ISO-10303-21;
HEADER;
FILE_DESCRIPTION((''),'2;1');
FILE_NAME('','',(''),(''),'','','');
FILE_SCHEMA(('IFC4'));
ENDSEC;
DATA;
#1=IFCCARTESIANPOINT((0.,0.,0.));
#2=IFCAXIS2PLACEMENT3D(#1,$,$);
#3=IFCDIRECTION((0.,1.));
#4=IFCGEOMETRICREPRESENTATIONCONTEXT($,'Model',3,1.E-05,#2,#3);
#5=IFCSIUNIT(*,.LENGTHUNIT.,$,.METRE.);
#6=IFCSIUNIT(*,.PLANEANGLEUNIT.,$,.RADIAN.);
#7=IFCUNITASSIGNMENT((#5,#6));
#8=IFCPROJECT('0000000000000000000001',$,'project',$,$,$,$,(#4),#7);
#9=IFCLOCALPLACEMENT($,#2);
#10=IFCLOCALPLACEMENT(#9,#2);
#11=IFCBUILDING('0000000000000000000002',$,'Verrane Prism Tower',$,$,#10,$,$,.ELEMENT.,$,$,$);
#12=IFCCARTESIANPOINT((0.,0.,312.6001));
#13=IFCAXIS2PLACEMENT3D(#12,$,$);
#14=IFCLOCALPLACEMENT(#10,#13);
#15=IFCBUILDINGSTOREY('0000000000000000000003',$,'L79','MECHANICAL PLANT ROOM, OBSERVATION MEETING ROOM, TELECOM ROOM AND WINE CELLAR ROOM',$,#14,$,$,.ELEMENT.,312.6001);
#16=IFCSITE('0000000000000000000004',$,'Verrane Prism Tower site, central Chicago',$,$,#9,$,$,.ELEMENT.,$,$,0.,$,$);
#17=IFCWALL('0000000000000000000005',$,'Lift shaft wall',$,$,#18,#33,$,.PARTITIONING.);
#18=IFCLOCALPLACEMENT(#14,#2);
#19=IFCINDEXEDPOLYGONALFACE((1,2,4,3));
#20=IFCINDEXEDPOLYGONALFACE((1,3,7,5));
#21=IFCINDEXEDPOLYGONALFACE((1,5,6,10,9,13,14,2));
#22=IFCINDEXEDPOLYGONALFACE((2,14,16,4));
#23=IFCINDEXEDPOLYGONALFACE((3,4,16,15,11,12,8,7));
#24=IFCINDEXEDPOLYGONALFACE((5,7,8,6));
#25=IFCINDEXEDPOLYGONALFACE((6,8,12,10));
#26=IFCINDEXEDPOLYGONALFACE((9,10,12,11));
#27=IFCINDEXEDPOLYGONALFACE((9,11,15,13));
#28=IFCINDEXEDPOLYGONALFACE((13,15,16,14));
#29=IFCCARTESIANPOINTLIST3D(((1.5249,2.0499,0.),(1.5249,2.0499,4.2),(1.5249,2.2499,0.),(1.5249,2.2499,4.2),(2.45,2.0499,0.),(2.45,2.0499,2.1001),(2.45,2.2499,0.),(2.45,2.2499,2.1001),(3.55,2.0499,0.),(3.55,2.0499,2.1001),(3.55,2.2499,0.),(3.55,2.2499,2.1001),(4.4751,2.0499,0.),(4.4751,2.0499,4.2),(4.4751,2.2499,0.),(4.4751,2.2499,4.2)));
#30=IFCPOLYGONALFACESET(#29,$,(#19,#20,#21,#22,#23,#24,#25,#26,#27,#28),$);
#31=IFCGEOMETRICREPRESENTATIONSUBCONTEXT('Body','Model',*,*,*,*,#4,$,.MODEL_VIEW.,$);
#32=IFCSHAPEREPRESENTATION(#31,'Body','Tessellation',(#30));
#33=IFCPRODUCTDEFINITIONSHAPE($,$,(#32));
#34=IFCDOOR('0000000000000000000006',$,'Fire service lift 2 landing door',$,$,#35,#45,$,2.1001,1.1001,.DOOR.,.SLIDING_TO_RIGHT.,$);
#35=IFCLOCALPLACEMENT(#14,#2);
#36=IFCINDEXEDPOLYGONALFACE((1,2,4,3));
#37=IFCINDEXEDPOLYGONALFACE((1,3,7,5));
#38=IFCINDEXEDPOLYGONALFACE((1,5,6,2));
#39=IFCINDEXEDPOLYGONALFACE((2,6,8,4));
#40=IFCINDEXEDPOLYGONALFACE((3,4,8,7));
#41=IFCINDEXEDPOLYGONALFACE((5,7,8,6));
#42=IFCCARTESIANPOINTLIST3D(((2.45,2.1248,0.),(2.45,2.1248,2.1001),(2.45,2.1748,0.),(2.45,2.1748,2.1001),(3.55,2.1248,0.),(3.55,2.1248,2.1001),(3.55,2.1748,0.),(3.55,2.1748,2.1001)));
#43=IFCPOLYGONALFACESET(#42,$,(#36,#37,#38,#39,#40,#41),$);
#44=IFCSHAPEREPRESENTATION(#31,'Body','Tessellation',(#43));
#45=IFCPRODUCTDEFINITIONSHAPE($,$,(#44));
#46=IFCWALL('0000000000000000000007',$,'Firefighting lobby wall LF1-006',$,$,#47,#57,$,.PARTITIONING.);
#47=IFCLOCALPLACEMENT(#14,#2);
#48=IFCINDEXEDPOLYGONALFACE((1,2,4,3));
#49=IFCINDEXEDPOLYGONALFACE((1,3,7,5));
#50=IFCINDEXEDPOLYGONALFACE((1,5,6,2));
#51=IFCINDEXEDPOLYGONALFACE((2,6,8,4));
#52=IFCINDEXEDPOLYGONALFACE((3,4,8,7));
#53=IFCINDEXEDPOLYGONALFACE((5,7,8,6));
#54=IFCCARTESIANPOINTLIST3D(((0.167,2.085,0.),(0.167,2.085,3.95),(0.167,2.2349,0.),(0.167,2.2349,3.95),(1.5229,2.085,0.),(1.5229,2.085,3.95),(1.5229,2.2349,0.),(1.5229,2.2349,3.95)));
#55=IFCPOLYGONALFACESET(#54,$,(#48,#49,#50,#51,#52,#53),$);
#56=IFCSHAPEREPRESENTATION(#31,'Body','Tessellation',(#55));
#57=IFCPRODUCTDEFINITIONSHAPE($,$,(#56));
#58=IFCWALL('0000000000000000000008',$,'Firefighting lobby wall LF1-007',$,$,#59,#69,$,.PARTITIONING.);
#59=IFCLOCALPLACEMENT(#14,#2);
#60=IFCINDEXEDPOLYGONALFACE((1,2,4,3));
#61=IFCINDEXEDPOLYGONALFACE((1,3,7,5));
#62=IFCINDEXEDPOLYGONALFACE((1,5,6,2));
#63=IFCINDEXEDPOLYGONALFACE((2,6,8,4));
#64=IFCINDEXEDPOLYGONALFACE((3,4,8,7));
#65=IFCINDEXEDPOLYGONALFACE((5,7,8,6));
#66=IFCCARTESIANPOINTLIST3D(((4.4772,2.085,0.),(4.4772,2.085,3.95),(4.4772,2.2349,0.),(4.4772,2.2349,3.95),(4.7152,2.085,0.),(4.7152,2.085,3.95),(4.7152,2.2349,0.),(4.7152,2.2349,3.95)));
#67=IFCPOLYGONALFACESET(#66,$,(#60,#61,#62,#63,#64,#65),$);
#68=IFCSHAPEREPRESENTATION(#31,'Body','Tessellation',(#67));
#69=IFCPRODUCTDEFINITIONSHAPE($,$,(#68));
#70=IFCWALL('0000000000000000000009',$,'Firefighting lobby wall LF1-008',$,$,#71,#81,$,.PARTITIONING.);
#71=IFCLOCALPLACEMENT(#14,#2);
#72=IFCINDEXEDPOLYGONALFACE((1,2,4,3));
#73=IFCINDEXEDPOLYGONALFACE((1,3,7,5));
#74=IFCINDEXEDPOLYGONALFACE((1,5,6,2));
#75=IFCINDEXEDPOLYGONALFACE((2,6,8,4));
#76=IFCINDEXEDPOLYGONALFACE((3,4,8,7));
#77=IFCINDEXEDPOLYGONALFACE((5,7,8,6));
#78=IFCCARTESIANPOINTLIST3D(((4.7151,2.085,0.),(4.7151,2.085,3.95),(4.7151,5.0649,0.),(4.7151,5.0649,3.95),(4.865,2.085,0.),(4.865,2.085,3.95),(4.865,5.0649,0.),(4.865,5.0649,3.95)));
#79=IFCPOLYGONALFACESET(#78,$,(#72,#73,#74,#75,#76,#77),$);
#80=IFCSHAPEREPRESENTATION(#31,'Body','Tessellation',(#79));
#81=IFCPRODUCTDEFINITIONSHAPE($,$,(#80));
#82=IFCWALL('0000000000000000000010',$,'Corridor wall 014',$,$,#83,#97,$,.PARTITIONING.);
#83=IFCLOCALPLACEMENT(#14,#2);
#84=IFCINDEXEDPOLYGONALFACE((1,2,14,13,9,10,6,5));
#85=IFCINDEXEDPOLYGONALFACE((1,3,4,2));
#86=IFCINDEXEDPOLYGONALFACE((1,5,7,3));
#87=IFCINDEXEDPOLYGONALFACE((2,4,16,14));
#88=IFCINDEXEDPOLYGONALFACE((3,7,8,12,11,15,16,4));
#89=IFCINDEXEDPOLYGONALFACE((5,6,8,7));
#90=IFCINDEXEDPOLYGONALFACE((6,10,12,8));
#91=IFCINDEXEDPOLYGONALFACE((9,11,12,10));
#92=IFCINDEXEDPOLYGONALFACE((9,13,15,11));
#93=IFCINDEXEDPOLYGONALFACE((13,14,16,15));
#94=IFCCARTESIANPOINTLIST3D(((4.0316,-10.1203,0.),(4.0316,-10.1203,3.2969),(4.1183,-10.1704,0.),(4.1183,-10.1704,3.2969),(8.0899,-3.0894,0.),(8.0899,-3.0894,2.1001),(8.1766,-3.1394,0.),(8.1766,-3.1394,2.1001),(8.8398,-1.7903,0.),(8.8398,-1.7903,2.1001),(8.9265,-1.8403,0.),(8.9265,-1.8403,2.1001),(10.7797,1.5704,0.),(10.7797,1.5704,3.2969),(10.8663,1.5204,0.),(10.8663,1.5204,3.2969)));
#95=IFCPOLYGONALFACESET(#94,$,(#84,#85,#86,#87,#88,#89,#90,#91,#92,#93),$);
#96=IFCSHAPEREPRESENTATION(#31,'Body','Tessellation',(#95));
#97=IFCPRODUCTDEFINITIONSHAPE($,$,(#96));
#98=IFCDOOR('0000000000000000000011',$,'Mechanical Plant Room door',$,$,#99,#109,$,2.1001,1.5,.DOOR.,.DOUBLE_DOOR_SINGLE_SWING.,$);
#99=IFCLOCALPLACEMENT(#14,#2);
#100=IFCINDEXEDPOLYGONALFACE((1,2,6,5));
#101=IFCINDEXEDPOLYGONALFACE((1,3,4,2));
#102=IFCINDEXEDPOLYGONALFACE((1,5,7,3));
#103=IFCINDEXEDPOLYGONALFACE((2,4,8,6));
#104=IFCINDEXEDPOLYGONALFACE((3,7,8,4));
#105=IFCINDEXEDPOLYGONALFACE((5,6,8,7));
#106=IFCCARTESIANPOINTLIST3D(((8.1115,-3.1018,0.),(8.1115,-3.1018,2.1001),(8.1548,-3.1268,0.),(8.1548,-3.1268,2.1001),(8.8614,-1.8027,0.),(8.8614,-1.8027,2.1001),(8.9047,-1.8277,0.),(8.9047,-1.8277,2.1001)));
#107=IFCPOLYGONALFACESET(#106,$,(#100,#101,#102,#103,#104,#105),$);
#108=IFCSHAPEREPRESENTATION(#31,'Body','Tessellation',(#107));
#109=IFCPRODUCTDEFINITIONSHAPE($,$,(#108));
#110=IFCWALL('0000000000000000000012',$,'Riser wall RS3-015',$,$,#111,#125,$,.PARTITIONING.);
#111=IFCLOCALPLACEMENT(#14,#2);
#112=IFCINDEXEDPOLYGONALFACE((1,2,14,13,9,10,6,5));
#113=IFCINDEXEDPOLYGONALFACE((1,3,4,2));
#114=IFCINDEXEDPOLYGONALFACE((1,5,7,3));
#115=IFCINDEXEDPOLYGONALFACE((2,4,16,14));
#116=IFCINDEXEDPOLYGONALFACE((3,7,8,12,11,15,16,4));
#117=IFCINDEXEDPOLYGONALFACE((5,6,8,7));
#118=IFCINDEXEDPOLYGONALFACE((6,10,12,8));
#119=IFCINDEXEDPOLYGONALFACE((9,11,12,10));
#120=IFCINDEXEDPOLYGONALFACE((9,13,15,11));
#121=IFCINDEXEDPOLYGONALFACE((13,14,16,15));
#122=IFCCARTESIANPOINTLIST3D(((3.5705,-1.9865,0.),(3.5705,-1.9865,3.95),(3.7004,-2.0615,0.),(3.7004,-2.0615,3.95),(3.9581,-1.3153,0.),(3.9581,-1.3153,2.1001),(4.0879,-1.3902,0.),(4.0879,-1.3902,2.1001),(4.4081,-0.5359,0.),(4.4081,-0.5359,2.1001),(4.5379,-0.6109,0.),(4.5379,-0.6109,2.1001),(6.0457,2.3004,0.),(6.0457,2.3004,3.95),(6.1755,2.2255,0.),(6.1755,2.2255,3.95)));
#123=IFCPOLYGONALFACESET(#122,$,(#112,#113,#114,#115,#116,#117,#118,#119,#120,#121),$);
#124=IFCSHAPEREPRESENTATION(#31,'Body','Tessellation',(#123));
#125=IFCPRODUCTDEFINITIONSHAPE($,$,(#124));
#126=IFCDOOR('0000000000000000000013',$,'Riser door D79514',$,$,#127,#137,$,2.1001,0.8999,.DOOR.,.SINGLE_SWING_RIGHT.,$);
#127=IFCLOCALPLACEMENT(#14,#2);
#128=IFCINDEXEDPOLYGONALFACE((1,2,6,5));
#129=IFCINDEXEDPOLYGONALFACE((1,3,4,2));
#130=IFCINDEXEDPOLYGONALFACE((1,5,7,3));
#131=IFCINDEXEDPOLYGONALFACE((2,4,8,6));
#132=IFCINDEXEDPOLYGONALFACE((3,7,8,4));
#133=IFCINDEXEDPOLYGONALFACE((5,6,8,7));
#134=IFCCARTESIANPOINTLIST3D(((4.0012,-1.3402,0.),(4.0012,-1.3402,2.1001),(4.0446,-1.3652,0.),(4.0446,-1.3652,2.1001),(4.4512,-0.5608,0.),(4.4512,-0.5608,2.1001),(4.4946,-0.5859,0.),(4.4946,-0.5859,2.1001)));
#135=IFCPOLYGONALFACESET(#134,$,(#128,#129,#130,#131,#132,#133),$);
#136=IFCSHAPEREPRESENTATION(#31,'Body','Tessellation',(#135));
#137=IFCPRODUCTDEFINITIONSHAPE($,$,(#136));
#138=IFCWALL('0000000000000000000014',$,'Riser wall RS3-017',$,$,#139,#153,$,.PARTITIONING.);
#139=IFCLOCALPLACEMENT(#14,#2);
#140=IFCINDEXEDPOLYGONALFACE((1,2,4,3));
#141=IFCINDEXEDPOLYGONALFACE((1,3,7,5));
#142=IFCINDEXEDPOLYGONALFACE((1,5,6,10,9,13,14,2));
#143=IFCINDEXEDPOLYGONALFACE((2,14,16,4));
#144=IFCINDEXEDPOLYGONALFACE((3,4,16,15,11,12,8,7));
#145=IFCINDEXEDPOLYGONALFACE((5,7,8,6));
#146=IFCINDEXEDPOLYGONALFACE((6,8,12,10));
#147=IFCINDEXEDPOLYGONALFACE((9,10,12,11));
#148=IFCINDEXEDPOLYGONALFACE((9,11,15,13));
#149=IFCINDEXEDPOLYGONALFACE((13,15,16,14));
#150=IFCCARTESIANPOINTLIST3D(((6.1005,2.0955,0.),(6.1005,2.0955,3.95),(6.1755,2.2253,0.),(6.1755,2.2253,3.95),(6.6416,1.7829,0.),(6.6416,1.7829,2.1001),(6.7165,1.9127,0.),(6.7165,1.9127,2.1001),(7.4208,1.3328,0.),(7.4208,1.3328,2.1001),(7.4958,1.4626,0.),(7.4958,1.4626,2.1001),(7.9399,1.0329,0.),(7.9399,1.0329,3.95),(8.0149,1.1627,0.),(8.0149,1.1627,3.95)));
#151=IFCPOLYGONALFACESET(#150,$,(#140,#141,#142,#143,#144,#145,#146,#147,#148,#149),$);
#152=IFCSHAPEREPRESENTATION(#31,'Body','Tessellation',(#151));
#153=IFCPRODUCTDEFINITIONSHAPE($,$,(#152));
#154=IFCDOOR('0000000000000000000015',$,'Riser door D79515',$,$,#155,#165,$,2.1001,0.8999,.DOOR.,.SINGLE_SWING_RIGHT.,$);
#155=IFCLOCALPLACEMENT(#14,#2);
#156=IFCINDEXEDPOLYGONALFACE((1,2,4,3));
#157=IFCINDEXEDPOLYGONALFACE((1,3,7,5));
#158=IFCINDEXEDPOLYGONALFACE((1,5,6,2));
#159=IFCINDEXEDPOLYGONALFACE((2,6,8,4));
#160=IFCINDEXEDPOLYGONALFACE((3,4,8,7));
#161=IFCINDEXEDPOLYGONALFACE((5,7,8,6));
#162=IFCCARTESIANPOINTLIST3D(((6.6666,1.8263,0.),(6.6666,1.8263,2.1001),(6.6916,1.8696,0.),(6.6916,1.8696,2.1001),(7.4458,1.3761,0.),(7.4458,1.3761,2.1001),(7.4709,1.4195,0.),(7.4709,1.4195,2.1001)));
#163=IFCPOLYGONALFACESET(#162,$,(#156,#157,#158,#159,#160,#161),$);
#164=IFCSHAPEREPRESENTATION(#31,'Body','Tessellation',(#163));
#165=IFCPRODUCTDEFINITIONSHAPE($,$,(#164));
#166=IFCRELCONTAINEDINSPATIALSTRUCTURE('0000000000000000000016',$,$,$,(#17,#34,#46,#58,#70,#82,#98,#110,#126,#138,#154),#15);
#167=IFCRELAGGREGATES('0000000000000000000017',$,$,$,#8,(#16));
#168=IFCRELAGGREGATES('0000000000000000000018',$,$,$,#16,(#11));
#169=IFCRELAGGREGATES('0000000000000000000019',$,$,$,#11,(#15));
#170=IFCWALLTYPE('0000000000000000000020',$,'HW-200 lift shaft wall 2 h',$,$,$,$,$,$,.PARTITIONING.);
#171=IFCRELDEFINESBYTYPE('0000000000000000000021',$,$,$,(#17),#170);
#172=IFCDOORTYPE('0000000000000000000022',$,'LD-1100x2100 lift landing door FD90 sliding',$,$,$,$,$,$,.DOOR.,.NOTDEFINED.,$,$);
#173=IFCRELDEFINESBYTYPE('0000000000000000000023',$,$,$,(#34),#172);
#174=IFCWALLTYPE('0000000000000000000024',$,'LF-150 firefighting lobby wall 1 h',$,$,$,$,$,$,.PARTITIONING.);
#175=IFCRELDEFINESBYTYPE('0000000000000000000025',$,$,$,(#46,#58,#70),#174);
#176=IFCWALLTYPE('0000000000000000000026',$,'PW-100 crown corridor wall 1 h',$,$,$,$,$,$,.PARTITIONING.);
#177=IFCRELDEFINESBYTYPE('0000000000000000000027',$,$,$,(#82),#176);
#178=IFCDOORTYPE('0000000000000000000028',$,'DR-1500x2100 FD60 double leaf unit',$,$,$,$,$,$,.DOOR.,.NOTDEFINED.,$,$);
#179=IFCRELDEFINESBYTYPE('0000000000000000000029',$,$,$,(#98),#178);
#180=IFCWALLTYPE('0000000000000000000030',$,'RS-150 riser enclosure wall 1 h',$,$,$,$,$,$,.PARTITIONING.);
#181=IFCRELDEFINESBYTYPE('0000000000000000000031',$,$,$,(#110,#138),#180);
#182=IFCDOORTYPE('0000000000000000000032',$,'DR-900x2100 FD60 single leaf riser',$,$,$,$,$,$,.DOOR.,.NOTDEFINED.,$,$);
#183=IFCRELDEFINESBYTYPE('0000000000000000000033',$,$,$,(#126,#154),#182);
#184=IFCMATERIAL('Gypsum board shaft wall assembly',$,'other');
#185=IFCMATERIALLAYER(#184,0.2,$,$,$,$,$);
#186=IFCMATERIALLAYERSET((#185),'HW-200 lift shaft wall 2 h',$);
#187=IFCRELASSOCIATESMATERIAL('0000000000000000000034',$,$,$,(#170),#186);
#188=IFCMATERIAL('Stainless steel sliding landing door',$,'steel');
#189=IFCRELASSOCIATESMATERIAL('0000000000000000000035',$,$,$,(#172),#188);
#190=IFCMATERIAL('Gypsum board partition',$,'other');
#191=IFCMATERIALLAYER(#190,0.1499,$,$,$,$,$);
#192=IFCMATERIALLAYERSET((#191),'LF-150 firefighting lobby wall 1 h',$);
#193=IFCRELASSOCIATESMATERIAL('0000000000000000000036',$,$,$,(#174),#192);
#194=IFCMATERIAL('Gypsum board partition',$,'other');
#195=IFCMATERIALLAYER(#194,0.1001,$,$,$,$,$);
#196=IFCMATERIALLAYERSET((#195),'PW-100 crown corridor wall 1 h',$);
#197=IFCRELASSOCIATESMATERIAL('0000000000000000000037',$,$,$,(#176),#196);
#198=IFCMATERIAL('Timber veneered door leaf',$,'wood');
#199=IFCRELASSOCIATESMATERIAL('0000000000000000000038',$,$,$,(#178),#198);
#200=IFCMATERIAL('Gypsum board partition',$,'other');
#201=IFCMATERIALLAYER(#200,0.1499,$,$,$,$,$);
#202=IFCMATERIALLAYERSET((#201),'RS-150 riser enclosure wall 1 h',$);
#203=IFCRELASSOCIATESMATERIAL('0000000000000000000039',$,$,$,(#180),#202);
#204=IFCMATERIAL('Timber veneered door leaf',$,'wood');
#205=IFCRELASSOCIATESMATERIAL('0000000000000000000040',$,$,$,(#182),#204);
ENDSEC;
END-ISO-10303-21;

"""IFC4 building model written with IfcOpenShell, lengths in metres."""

from ifc_helpers import new_model, si_unit, direction, frame, frame_2d, origin, place, context, subcontext, project, spatial, rectangle, extrude, material, layer, layer_set, type_object, element, fill, save


model = new_model("IFC4")

# Units and contexts
model_context = context("Model", 3, precision=1e-05, world=origin(), true_north=direction((0.0, 1.0)))
body_context = subcontext(model_context, "Body", "Model", "MODEL_VIEW")
ifc_project = project(units=[si_unit("LENGTHUNIT", "METRE"), si_unit("PLANEANGLEUNIT", "RADIAN")], contexts=[model_context])

# Site, building, storey
site_placement = place(None, origin())
site = spatial("IfcSite", under=ifc_project, at=site_placement, Name="Verrane Prism Tower site, central Chicago", CompositionType="ELEMENT", RefElevation=0.0)
building_placement = place(site_placement, origin())
building = spatial("IfcBuilding", under=site, at=building_placement, Name="Verrane Prism Tower", CompositionType="ELEMENT")
storey_placement = place(building_placement, frame((0.0, 0.0, 312.6001)))
storey = spatial("IfcBuildingStorey", under=building, at=storey_placement, Name="L79", Description="MECHANICAL PLANT ROOM, OBSERVATION MEETING ROOM, TELECOM ROOM AND WINE CELLAR ROOM", CompositionType="ELEMENT", Elevation=312.6001)

# Wall, opening, door
ifc_material_1 = material(Name="Gypsum board shaft wall assembly", Category="other")
ifc_layer_1 = layer(ifc_material_1, 0.2)
ifc_layer_set_1 = layer_set([ifc_layer_1], Name="HW-200 lift shaft wall 2 h")
wall_type_1 = type_object("IfcWallType", Name="HW-200 lift shaft wall 2 h", PredefinedType="PARTITIONING", material=ifc_layer_set_1)
wall_1_placement = place(storey_placement, frame((1.5249, 2.1499, 0.0), z_axis=(0.0, 0.0, 1.0), x_axis=(1.0, 0.0, 0.0)))
wall_1 = element("IfcWall", 1, at=wall_1_placement, inside=storey, type_object=wall_type_1, Name="Lift shaft wall", PredefinedType="PARTITIONING", context=body_context, shape_type="SweptSolid", body=[
    extrude(rectangle(XDim=2.9502, YDim=0.2, at=frame_2d((1.4751, 0.0))), origin(), (0.0, 0.0, 1.0), 4.2),
])
opening_1_placement = place(wall_1_placement, frame((0.925, 0.0, 0.0)))
opening_1 = element("IfcOpeningElement", 2, at=opening_1_placement, cuts=wall_1, PredefinedType="OPENING", context=body_context, shape_type="SweptSolid", body=[
    extrude(rectangle(XDim=1.1001, YDim=2.1001, at=frame_2d((0.55, 1.05))), frame((0.0, 0.1099, 0.0), z_axis=(0.0, -1.0, 0.0), x_axis=(1.0, 0.0, 0.0)), (0.0, 0.0, 1.0), 0.22),
])
ifc_material_2 = material(Name="Stainless steel sliding landing door", Category="steel")
door_type_1 = type_object("IfcDoorType", Name="LD-1100x2100 lift landing door FD90 sliding", OperationType="NOTDEFINED", PredefinedType="DOOR", material=ifc_material_2)
door_1_placement = place(opening_1_placement, origin())
door_1 = element("IfcDoor", 3, at=door_1_placement, inside=storey, type_object=door_type_1, Name="Fire service lift 2 landing door", OperationType="SLIDING_TO_RIGHT", OverallHeight=2.1001, OverallWidth=1.1001, PredefinedType="DOOR", context=body_context, shape_type="SweptSolid", body=[
    extrude(rectangle(XDim=1.1001, YDim=2.1001, at=frame_2d((0.55, 1.05))), frame((0.0, 0.0249, 0.0), z_axis=(0.0, -1.0, 0.0), x_axis=(1.0, 0.0, 0.0)), (0.0, 0.0, 1.0), 0.05),
])
fill(opening_1, door_1)

# Walls
ifc_material_3 = material(Name="Gypsum board partition", Category="other")
ifc_layer_2 = layer(ifc_material_3, 0.1499)
ifc_layer_set_2 = layer_set([ifc_layer_2], Name="LF-150 firefighting lobby wall 1 h")
wall_type_2 = type_object("IfcWallType", Name="LF-150 firefighting lobby wall 1 h", PredefinedType="PARTITIONING", material=ifc_layer_set_2)
wall_2_placement = place(storey_placement, frame((0.167, 2.1599, 0.0), z_axis=(0.0, 0.0, 1.0), x_axis=(1.0, 0.0, 0.0)))
element("IfcWall", 4, at=wall_2_placement, inside=storey, type_object=wall_type_2, Name="Firefighting lobby wall LF1-006", PredefinedType="PARTITIONING", context=body_context, shape_type="SweptSolid", body=[
    extrude(rectangle(XDim=1.356, YDim=0.1499, at=frame_2d((0.678, 0.0))), origin(), (0.0, 0.0, 1.0), 3.95),
])
wall_3_placement = place(storey_placement, frame((4.4771, 2.1599, 0.0), z_axis=(0.0, 0.0, 1.0), x_axis=(1.0, 0.0, 0.0)))
element("IfcWall", 5, at=wall_3_placement, inside=storey, type_object=wall_type_2, Name="Firefighting lobby wall LF1-007", PredefinedType="PARTITIONING", context=body_context, shape_type="SweptSolid", body=[
    extrude(rectangle(XDim=0.238, YDim=0.1499, at=frame_2d((0.1191, 0.0))), origin(), (0.0, 0.0, 1.0), 3.95),
])
wall_4_placement = place(storey_placement, frame((4.79, 2.085, 0.0), z_axis=(0.0, 0.0, 1.0), x_axis=(0.0, 1.0, 0.0)))
element("IfcWall", 6, at=wall_4_placement, inside=storey, type_object=wall_type_2, Name="Firefighting lobby wall LF1-008", PredefinedType="PARTITIONING", context=body_context, shape_type="SweptSolid", body=[
    extrude(rectangle(XDim=2.98, YDim=0.1499, at=frame_2d((1.49, 0.0))), origin(), (0.0, 0.0, 1.0), 3.95),
])

# Walls, openings, doors
ifc_material_4 = material(Name="Gypsum board partition", Category="other")
ifc_layer_3 = layer(ifc_material_4, 0.1001)
ifc_layer_set_3 = layer_set([ifc_layer_3], Name="PW-100 crown corridor wall 1 h")
wall_type_3 = type_object("IfcWallType", Name="PW-100 crown corridor wall 1 h", PredefinedType="PARTITIONING", material=ifc_layer_set_3)
wall_5_placement = place(storey_placement, frame((10.823, 1.5454, 0.0), z_axis=(0.0, 0.0, 1.0), x_axis=(-0.499913, -0.866076, 0.0)))
wall_5 = element("IfcWall", 7, at=wall_5_placement, inside=storey, type_object=wall_type_3, Name="Corridor wall 014", PredefinedType="PARTITIONING", context=body_context, shape_type="SweptSolid", body=[
    extrude(rectangle(XDim=13.4985, YDim=0.1001, at=frame_2d((6.7493, 0.0))), origin(), (0.0, 0.0, 1.0), 3.2969),
])
opening_2_placement = place(wall_5_placement, frame((3.8804, 0.0, 0.0)))
opening_2 = element("IfcOpeningElement", 8, at=opening_2_placement, cuts=wall_5, PredefinedType="OPENING", context=body_context, shape_type="SweptSolid", body=[
    extrude(rectangle(XDim=1.5, YDim=2.1001, at=frame_2d((0.75, 1.05))), frame((0.0, 0.0601, 0.0), z_axis=(0.0, -1.0, 0.0), x_axis=(1.0, 0.0, 0.0)), (0.0, 0.0, 1.0), 0.1201),
])
ifc_material_5 = material(Name="Timber veneered door leaf", Category="wood")
door_type_2 = type_object("IfcDoorType", Name="DR-1500x2100 FD60 double leaf unit", OperationType="NOTDEFINED", PredefinedType="DOOR", material=ifc_material_5)
door_2_placement = place(opening_2_placement, origin())
door_2 = element("IfcDoor", 9, at=door_2_placement, inside=storey, type_object=door_type_2, Name="Mechanical Plant Room door", OperationType="DOUBLE_DOOR_SINGLE_SWING", OverallHeight=2.1001, OverallWidth=1.5, PredefinedType="DOOR", context=body_context, shape_type="SweptSolid", body=[
    extrude(rectangle(XDim=1.5, YDim=2.1001, at=frame_2d((0.75, 1.05))), frame((0.0, 0.0249, 0.0), z_axis=(0.0, -1.0, 0.0), x_axis=(1.0, 0.0, 0.0)), (0.0, 0.0, 1.0), 0.05),
])
fill(opening_2, door_2)
ifc_material_6 = material(Name="Gypsum board partition", Category="other")
ifc_layer_4 = layer(ifc_material_6, 0.1499)
ifc_layer_set_4 = layer_set([ifc_layer_4], Name="RS-150 riser enclosure wall 1 h")
wall_type_4 = type_object("IfcWallType", Name="RS-150 riser enclosure wall 1 h", PredefinedType="PARTITIONING", material=ifc_layer_set_4)
wall_6_placement = place(storey_placement, frame((6.1106, 2.2629, 0.0), z_axis=(0.0, 0.0, 1.0), x_axis=(-0.500011, -0.866019, 0.0)))
wall_6 = element("IfcWall", 10, at=wall_6_placement, inside=storey, type_object=wall_type_4, Name="Riser wall RS3-015", PredefinedType="PARTITIONING", context=body_context, shape_type="SweptSolid", body=[
    extrude(rectangle(XDim=4.9502, YDim=0.1499, at=frame_2d((2.4751, 0.0))), origin(), (0.0, 0.0, 1.0), 3.95),
])
opening_3_placement = place(wall_6_placement, frame((3.2751, 0.0, 0.0)))
opening_3 = element("IfcOpeningElement", 11, at=opening_3_placement, cuts=wall_6, PredefinedType="OPENING", context=body_context, shape_type="SweptSolid", body=[
    extrude(rectangle(XDim=0.8999, YDim=2.1001, at=frame_2d((0.45, 1.05))), frame((0.0, 0.085, 0.0), z_axis=(0.0, -1.0, 0.0), x_axis=(1.0, 0.0, 0.0)), (0.0, 0.0, 1.0), 0.1699),
])
ifc_material_7 = material(Name="Timber veneered door leaf", Category="wood")
door_type_3 = type_object("IfcDoorType", Name="DR-900x2100 FD60 single leaf riser", OperationType="NOTDEFINED", PredefinedType="DOOR", material=ifc_material_7)
door_3_placement = place(opening_3_placement, origin())
door_3 = element("IfcDoor", 12, at=door_3_placement, inside=storey, type_object=door_type_3, Name="Riser door D79514", OperationType="SINGLE_SWING_RIGHT", OverallHeight=2.1001, OverallWidth=0.8999, PredefinedType="DOOR", context=body_context, shape_type="SweptSolid", body=[
    extrude(rectangle(XDim=0.8999, YDim=2.1001, at=frame_2d((0.45, 1.05))), frame((0.0, 0.0249, 0.0), z_axis=(0.0, -1.0, 0.0), x_axis=(1.0, 0.0, 0.0)), (0.0, 0.0, 1.0), 0.05),
])
fill(opening_3, door_3)
wall_7_placement = place(storey_placement, frame((7.9773, 1.0979, 0.0), z_axis=(0.0, 0.0, 1.0), x_axis=(-0.865914, 0.500193, 0.0)))
wall_7 = element("IfcWall", 13, at=wall_7_placement, inside=storey, type_object=wall_type_4, Name="Riser wall RS3-017", PredefinedType="PARTITIONING", context=body_context, shape_type="SweptSolid", body=[
    extrude(rectangle(XDim=2.1243, YDim=0.1499, at=frame_2d((1.062, 0.0))), origin(), (0.0, 0.0, 1.0), 3.95),
])
opening_4_placement = place(wall_7_placement, frame((0.5994, 0.0, 0.0)))
opening_4 = element("IfcOpeningElement", 14, at=opening_4_placement, cuts=wall_7, PredefinedType="OPENING", context=body_context, shape_type="SweptSolid", body=[
    extrude(rectangle(XDim=0.8999, YDim=2.1001, at=frame_2d((0.45, 1.05))), frame((0.0, 0.085, 0.0), z_axis=(0.0, -1.0, 0.0), x_axis=(1.0, 0.0, 0.0)), (0.0, 0.0, 1.0), 0.1699),
])
door_4_placement = place(opening_4_placement, origin())
door_4 = element("IfcDoor", 15, at=door_4_placement, inside=storey, type_object=door_type_3, Name="Riser door D79515", OperationType="SINGLE_SWING_RIGHT", OverallHeight=2.1001, OverallWidth=0.8999, PredefinedType="DOOR", context=body_context, shape_type="SweptSolid", body=[
    extrude(rectangle(XDim=0.8999, YDim=2.1001, at=frame_2d((0.45, 1.05))), frame((0.0, 0.0249, 0.0), z_axis=(0.0, -1.0, 0.0), x_axis=(1.0, 0.0, 0.0)), (0.0, 0.0, 1.0), 0.05),
])
fill(opening_4, door_4)

save(model, "model.ifc")
